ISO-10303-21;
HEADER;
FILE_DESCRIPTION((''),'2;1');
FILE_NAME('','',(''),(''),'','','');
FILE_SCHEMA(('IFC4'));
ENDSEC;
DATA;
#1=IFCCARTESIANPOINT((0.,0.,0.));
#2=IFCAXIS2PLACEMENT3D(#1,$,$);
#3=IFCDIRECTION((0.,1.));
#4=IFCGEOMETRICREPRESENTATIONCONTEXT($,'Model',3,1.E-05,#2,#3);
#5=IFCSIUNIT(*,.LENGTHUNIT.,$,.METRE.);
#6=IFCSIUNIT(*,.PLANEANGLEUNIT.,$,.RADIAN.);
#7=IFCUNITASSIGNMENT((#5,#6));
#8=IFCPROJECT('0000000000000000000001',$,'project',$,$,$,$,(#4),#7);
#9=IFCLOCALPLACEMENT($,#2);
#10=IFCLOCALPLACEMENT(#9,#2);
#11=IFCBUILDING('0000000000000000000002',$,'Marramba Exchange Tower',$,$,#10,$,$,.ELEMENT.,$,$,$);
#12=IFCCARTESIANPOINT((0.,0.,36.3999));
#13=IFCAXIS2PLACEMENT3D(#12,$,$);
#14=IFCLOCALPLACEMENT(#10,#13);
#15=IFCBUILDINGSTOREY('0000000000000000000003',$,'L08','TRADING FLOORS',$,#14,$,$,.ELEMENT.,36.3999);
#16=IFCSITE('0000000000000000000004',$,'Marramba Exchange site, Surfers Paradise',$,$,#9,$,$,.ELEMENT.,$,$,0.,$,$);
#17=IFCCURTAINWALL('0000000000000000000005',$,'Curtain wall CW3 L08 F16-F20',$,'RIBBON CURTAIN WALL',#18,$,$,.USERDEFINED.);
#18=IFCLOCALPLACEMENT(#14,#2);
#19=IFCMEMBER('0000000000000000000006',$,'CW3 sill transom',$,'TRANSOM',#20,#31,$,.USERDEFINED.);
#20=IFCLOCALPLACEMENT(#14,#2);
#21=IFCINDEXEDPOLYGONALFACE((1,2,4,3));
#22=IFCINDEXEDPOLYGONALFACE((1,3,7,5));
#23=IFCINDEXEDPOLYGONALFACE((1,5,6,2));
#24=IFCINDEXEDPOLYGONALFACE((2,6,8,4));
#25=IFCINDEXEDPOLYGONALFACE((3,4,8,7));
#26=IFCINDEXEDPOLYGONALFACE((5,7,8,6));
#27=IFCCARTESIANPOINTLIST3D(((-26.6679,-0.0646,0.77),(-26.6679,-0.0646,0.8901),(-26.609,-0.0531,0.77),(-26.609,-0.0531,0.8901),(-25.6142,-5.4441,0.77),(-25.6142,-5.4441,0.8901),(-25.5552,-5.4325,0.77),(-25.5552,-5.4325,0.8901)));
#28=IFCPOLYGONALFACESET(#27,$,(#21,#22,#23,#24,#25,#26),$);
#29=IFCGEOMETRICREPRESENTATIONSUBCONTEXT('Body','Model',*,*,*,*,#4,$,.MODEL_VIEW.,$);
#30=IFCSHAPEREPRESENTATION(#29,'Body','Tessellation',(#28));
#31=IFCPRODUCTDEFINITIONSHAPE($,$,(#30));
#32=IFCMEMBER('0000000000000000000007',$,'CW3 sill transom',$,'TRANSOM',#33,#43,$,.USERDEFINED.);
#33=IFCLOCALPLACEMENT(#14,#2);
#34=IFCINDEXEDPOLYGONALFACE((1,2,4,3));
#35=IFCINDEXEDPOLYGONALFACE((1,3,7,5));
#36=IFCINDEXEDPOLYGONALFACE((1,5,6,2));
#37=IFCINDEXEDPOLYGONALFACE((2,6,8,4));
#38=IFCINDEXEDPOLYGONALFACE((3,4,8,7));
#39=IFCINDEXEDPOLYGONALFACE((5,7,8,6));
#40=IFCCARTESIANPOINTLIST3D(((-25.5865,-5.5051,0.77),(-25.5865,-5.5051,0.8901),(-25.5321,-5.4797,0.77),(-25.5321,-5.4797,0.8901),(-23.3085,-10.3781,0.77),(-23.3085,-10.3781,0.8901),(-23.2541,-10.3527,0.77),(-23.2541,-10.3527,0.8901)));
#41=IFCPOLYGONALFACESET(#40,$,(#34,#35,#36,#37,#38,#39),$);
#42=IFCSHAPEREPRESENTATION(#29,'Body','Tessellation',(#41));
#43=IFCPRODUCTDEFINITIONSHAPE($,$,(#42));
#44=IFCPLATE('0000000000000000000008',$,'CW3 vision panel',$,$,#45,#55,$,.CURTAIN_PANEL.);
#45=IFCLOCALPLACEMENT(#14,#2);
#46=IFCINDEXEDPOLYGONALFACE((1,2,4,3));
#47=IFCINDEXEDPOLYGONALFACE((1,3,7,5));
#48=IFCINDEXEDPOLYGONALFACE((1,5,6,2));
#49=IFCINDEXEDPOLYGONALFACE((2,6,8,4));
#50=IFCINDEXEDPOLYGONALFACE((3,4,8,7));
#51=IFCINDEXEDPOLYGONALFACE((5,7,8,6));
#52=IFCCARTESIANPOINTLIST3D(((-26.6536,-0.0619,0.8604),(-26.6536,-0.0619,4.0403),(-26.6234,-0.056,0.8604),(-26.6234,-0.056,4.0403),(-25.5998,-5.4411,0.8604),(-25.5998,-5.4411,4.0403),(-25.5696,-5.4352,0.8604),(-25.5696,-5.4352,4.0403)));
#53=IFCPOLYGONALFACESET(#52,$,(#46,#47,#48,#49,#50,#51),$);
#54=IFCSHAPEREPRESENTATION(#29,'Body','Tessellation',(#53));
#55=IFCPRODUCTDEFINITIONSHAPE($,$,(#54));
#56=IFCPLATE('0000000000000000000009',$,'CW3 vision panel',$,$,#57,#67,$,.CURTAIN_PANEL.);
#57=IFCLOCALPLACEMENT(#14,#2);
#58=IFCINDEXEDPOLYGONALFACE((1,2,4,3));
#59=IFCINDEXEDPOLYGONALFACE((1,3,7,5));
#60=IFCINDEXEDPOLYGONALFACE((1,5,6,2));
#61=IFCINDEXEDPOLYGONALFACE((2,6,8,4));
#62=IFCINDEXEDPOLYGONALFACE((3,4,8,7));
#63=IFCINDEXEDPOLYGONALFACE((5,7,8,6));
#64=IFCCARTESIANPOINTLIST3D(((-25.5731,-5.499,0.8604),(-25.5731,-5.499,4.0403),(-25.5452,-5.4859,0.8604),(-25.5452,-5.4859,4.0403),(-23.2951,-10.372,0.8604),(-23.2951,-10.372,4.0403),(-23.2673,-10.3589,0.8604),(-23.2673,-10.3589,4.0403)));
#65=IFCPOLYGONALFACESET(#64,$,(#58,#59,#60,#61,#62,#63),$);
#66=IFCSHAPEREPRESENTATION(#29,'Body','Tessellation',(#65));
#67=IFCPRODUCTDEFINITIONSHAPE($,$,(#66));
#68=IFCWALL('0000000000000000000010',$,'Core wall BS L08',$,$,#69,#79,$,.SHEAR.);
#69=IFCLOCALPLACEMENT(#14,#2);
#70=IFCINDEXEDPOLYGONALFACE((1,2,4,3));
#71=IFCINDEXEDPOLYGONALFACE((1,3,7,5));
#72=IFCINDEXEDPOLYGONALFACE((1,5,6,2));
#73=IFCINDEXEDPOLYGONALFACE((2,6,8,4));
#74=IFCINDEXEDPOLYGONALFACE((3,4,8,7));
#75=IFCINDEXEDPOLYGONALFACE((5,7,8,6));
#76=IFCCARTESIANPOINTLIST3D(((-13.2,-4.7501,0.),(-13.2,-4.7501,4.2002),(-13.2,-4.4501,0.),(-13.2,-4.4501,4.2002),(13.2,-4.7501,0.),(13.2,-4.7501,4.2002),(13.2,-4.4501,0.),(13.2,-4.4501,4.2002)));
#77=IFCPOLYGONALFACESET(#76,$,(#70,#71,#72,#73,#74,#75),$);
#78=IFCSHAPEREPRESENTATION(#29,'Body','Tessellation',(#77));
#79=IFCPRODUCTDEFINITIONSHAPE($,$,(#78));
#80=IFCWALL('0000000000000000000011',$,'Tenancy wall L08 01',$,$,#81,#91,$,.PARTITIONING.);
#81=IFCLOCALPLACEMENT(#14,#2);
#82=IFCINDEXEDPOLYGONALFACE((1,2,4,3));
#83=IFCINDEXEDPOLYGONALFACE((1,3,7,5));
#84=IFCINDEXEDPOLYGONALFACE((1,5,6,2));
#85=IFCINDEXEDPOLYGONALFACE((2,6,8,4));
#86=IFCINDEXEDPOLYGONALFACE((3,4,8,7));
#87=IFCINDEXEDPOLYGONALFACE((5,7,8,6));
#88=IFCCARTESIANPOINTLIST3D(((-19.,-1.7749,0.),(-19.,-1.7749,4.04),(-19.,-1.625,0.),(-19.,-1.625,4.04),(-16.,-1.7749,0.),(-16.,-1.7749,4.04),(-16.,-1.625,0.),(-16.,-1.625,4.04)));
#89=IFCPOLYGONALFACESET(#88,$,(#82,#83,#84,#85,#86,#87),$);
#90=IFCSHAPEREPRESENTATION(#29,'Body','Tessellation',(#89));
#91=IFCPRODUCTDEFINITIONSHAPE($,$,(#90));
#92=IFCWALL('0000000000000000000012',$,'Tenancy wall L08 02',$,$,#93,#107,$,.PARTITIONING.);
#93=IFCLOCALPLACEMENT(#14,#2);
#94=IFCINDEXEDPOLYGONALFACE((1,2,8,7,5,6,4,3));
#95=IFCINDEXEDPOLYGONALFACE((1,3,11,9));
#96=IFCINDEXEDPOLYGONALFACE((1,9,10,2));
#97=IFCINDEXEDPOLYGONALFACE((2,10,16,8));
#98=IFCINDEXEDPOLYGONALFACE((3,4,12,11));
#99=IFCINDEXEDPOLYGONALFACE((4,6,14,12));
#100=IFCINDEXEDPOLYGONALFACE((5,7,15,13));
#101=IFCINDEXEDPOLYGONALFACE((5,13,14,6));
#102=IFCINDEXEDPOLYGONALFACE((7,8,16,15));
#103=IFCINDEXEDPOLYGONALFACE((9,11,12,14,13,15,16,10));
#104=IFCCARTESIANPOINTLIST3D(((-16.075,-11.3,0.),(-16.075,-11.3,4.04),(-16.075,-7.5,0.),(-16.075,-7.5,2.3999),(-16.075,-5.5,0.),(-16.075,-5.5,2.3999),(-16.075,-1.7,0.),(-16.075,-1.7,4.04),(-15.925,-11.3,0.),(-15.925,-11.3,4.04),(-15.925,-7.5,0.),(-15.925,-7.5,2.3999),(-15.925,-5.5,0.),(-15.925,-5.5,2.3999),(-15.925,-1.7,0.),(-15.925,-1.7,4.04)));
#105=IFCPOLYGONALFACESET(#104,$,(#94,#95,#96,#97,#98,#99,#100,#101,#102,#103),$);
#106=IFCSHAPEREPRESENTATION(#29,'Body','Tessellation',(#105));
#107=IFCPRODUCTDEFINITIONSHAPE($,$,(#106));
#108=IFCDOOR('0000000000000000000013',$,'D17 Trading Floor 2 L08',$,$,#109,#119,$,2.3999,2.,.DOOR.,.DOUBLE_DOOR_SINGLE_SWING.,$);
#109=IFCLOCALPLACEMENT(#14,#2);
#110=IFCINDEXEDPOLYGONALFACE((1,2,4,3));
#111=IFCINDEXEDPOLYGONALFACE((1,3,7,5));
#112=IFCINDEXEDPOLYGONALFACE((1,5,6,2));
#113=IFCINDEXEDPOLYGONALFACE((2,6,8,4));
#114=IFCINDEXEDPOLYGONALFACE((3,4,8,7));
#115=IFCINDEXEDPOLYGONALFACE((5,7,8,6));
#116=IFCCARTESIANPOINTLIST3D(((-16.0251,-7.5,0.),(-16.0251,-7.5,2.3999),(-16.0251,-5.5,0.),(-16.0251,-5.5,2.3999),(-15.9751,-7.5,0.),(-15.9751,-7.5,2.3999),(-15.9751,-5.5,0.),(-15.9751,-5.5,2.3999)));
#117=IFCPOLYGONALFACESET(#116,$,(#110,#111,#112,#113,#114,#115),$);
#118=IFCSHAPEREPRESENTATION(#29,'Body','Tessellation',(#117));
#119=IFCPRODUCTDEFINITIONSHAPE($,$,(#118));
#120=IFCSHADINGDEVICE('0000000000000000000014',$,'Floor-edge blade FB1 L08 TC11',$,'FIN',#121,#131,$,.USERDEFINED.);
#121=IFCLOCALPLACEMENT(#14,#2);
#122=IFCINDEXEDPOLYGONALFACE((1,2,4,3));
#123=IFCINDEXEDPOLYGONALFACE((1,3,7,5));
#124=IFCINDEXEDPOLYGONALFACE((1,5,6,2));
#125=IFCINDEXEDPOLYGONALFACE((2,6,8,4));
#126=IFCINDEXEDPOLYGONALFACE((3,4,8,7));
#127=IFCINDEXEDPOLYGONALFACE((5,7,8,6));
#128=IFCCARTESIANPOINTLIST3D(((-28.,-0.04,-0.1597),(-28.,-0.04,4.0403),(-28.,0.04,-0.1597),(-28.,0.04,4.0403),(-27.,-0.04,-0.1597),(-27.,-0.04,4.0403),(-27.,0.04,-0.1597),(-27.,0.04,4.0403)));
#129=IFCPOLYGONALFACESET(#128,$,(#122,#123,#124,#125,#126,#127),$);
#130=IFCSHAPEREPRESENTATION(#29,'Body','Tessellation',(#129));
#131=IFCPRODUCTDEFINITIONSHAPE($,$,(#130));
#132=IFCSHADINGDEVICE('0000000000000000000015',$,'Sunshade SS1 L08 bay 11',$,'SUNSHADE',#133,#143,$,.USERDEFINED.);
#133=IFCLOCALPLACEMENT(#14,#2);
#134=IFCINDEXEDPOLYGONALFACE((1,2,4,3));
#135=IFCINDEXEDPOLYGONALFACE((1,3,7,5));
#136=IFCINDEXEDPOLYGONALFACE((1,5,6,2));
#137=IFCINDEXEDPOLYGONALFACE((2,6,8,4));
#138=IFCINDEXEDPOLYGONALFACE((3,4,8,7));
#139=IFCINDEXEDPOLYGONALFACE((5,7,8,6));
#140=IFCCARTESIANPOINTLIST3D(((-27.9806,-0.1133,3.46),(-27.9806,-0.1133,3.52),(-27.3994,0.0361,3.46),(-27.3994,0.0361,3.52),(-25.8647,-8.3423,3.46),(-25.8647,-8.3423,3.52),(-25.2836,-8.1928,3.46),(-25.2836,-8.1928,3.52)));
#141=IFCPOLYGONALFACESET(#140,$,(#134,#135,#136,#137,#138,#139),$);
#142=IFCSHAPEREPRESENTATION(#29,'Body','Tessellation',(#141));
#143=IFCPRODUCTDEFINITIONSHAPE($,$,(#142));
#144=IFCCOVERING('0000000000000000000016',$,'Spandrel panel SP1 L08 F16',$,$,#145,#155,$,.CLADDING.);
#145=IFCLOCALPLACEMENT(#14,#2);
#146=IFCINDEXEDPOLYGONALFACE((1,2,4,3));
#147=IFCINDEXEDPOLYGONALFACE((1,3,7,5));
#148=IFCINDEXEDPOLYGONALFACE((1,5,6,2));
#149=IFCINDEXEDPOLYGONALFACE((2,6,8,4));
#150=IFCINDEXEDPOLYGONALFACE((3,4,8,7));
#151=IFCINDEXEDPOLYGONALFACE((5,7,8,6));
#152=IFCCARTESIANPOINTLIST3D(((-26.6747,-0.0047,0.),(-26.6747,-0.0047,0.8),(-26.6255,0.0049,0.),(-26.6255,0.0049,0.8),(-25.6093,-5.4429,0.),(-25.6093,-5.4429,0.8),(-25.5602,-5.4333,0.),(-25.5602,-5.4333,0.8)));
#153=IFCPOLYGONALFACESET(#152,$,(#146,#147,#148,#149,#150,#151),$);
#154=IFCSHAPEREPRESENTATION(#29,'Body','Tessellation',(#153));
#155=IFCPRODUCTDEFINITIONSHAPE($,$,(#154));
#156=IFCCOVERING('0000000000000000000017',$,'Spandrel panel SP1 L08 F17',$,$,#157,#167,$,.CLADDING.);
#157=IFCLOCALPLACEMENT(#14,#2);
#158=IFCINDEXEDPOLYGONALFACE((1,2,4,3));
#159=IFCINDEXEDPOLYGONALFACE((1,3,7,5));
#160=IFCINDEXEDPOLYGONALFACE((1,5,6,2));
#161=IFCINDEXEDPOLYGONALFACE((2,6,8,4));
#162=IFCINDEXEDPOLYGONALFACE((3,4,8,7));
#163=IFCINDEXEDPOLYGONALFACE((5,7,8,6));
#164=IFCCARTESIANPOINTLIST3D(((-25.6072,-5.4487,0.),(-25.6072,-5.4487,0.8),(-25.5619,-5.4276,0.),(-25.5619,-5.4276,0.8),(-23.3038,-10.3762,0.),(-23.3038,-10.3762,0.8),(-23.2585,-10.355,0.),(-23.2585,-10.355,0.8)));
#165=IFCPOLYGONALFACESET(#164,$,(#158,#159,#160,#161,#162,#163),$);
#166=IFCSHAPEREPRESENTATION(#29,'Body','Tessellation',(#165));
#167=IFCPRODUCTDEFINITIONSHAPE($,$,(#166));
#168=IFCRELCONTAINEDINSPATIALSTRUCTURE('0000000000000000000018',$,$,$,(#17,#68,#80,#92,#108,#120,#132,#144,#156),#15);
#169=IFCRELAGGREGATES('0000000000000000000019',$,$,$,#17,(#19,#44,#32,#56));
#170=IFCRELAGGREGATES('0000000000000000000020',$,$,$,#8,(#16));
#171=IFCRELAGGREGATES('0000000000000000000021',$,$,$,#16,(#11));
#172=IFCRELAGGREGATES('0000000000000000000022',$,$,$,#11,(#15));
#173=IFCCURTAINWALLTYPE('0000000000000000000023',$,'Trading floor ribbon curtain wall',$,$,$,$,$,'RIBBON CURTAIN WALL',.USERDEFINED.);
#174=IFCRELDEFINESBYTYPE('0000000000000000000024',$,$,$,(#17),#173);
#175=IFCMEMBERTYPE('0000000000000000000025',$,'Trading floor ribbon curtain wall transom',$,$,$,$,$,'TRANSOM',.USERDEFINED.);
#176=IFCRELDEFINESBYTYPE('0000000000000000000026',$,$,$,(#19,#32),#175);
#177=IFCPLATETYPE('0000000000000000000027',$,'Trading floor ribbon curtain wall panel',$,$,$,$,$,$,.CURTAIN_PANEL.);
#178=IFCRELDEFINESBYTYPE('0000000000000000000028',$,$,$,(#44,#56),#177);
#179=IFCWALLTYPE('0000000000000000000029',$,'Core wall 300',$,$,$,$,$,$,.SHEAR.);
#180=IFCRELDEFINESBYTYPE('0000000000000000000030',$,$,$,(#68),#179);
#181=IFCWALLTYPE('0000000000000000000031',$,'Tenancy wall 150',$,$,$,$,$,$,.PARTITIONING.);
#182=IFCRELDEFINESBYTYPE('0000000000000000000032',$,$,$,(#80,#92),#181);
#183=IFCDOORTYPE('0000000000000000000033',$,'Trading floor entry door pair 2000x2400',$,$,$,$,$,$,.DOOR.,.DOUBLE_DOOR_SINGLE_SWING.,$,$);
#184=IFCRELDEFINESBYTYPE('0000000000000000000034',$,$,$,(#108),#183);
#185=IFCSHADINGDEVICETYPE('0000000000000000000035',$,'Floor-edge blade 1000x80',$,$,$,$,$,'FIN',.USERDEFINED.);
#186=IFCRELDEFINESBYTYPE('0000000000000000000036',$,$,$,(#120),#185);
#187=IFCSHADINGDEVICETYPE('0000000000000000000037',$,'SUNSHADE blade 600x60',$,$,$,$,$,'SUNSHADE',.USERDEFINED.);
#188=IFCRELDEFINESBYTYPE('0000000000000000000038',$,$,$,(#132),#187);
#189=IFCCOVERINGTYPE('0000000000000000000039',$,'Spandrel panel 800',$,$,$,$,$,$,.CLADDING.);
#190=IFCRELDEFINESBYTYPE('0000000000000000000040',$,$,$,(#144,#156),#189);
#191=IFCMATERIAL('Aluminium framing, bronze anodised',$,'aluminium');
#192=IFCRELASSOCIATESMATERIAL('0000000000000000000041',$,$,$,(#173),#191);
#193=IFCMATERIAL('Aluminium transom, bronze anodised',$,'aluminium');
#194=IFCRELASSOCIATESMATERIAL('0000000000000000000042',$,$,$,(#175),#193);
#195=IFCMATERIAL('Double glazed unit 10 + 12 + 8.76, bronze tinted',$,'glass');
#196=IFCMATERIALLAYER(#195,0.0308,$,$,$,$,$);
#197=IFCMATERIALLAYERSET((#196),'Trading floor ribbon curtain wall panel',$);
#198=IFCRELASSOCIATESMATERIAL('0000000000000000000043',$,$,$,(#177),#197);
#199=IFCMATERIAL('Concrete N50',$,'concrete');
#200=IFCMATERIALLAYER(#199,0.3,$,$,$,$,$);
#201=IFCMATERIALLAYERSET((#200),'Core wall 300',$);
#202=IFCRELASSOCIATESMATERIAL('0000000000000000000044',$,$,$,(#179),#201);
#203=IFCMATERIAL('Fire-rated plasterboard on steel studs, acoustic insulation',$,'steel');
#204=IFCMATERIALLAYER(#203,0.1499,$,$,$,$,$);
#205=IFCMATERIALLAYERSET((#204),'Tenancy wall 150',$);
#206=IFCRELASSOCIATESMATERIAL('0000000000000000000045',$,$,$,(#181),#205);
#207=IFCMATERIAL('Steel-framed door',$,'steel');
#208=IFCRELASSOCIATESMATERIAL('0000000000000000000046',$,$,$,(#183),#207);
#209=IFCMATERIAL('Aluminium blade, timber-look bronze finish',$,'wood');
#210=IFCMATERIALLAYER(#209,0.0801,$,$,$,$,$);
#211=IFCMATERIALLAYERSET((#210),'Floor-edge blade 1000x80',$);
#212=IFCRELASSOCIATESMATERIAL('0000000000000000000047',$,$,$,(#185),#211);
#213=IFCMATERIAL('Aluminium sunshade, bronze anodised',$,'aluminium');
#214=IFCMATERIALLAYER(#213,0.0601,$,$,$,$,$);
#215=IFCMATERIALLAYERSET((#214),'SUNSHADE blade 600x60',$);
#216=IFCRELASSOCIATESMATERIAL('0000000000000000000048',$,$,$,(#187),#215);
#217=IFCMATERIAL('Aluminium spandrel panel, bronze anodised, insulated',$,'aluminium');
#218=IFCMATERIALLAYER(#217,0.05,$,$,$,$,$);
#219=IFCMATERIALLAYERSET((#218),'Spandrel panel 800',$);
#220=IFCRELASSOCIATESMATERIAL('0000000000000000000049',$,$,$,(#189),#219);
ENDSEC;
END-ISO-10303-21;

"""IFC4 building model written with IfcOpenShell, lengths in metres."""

from ifc_helpers import new_model, si_unit, direction, frame, frame_2d, origin, origin_2d, place, context, subcontext, project, spatial, rectangle, extrude, material, layer, layer_set, material_profile, profile_set, type_object, element, fill, aggregate, save


model = new_model("IFC4")

# Units and contexts
model_context = context("Model", 3, precision=1e-05, world=origin(), true_north=direction((0.0, 1.0)))
body_context = subcontext(model_context, "Body", "Model", "MODEL_VIEW")
ifc_project = project(units=[si_unit("LENGTHUNIT", "METRE"), si_unit("PLANEANGLEUNIT", "RADIAN")], contexts=[model_context])

# Site, building, storey
site_placement = place(None, origin())
site = spatial("IfcSite", under=ifc_project, at=site_placement, Name="Marramba Exchange site, Surfers Paradise", CompositionType="ELEMENT", RefElevation=0.0)
building_placement = place(site_placement, origin())
building = spatial("IfcBuilding", under=site, at=building_placement, Name="Marramba Exchange Tower", CompositionType="ELEMENT")
storey_placement = place(building_placement, frame((0.0, 0.0, 36.3999)))
storey = spatial("IfcBuildingStorey", under=building, at=storey_placement, Name="L08", Description="TRADING FLOORS", CompositionType="ELEMENT", Elevation=36.3999)

# Shared definitions
ifc_material_1 = material(Name="Concrete N50", Category="concrete")

# Curtain wall, members, plates
ifc_material_2 = material(Name="Aluminium framing, bronze anodised", Category="aluminium")
curtain_wall_type = type_object("IfcCurtainWallType", Name="Trading floor ribbon curtain wall", ElementType="RIBBON CURTAIN WALL", PredefinedType="USERDEFINED", material=ifc_material_2)
curtain_wall_placement = place(storey_placement, origin())
curtain_wall = element("IfcCurtainWall", 1, at=curtain_wall_placement, inside=storey, type_object=curtain_wall_type, Name="Curtain wall CW3 L08 F16-F20", ObjectType="RIBBON CURTAIN WALL", PredefinedType="USERDEFINED")
ifc_material_3 = material(Name="Aluminium transom, bronze anodised", Category="aluminium")
ifc_material_profile_1 = material_profile(ifc_material_3, rectangle(XDim=0.0601, YDim=0.1201, at=origin_2d()), Name="CW3 transom 60x120")
ifc_profile_set_1 = profile_set([ifc_material_profile_1], Name="Aluminium transom, bronze anodised")
member_type_1 = type_object("IfcMemberType", Name="Trading floor ribbon curtain wall transom", ElementType="TRANSOM", PredefinedType="USERDEFINED", material=ifc_profile_set_1)
member_1_placement = place(storey_placement, frame((-26.6384, -0.0588, 0.8301), z_axis=(0.192226, -0.981351, 0.0), x_axis=(0.981351, 0.192226, 0.0)))
member_1 = element("IfcMember", 2, at=member_1_placement, type_object=member_type_1, Name="CW3 sill transom", ObjectType="TRANSOM", PredefinedType="USERDEFINED", context=body_context, shape_type="SweptSolid", body=[
    extrude(rectangle(XDim=0.0601, YDim=0.1201, at=origin_2d()), origin(), (0.0, 0.0, 1.0), 5.4817),
])
member_2_placement = place(storey_placement, frame((-25.5593, -5.4924, 0.8301), z_axis=(0.423494, -0.905899, 0.0), x_axis=(0.905899, 0.423494, 0.0)))
member_2 = element("IfcMember", 3, at=member_2_placement, type_object=member_type_1, Name="CW3 sill transom", ObjectType="TRANSOM", PredefinedType="USERDEFINED", context=body_context, shape_type="SweptSolid", body=[
    extrude(rectangle(XDim=0.0601, YDim=0.1201, at=origin_2d()), origin(), (0.0, 0.0, 1.0), 5.3792),
])
ifc_material_4 = material(Name="Double glazed unit 10 + 12 + 8.76, bronze tinted", Category="glass")
ifc_layer_1 = layer(ifc_material_4, 0.0308)
ifc_layer_set_1 = layer_set([ifc_layer_1], Name="Trading floor ribbon curtain wall panel")
plate_type = type_object("IfcPlateType", Name="Trading floor ribbon curtain wall panel", PredefinedType="CURTAIN_PANEL", material=ifc_layer_set_1)
plate_1_placement = place(storey_placement, frame((-26.1116, -2.7485, 0.8604), z_axis=(0.0, 0.0, 1.0), x_axis=(0.192249, -0.981346, 0.0)))
plate_1 = element("IfcPlate", 4, at=plate_1_placement, type_object=plate_type, Name="CW3 vision panel", PredefinedType="CURTAIN_PANEL", context=body_context, shape_type="SweptSolid", body=[
    extrude(rectangle(XDim=5.4814, YDim=0.0308, at=origin_2d()), origin(), (0.0, 0.0, 1.0), 3.1799),
])
plate_2_placement = place(storey_placement, frame((-24.4202, -7.929, 0.8604), z_axis=(0.0, 0.0, 1.0), x_axis=(0.423477, -0.905907, 0.0)))
plate_2 = element("IfcPlate", 5, at=plate_2_placement, type_object=plate_type, Name="CW3 vision panel", PredefinedType="CURTAIN_PANEL", context=body_context, shape_type="SweptSolid", body=[
    extrude(rectangle(XDim=5.3792, YDim=0.0308, at=origin_2d()), origin(), (0.0, 0.0, 1.0), 3.1799),
])
aggregate(curtain_wall, [member_1, plate_1, member_2, plate_2])

# Walls
ifc_layer_2 = layer(ifc_material_1, 0.3)
ifc_layer_set_2 = layer_set([ifc_layer_2], Name="Core wall 300")
wall_type_1 = type_object("IfcWallType", Name="Core wall 300", PredefinedType="SHEAR", material=ifc_layer_set_2)
wall_1_placement = place(storey_placement, frame((-13.2, -4.6001, 0.0), z_axis=(0.0, 0.0, 1.0), x_axis=(1.0, 0.0, 0.0)))
element("IfcWall", 6, at=wall_1_placement, inside=storey, type_object=wall_type_1, Name="Core wall BS L08", PredefinedType="SHEAR", context=body_context, shape_type="SweptSolid", body=[
    extrude(rectangle(XDim=26.3999, YDim=0.3, at=frame_2d((13.2, 0.0))), origin(), (0.0, 0.0, 1.0), 4.2002),
])
ifc_material_5 = material(Name="Fire-rated plasterboard on steel studs, acoustic insulation", Category="steel")
ifc_layer_3 = layer(ifc_material_5, 0.1499)
ifc_layer_set_3 = layer_set([ifc_layer_3], Name="Tenancy wall 150")
wall_type_2 = type_object("IfcWallType", Name="Tenancy wall 150", PredefinedType="PARTITIONING", material=ifc_layer_set_3)
wall_2_placement = place(storey_placement, frame((-19.0, -1.7, 0.0), z_axis=(0.0, 0.0, 1.0), x_axis=(1.0, 0.0, 0.0)))
element("IfcWall", 7, at=wall_2_placement, inside=storey, type_object=wall_type_2, Name="Tenancy wall L08 01", PredefinedType="PARTITIONING", context=body_context, shape_type="SweptSolid", body=[
    extrude(rectangle(XDim=3.0, YDim=0.1499, at=frame_2d((1.5, 0.0))), origin(), (0.0, 0.0, 1.0), 4.04),
])

# Wall, opening, door
wall_3_placement = place(storey_placement, frame((-16.0, -1.7, 0.0), z_axis=(0.0, 0.0, 1.0), x_axis=(0.0, -1.0, 0.0)))
wall_3 = element("IfcWall", 8, at=wall_3_placement, inside=storey, type_object=wall_type_2, Name="Tenancy wall L08 02", PredefinedType="PARTITIONING", context=body_context, shape_type="SweptSolid", body=[
    extrude(rectangle(XDim=9.6001, YDim=0.1499, at=frame_2d((4.8, 0.0))), origin(), (0.0, 0.0, 1.0), 4.04),
])
opening_placement = place(wall_3_placement, frame((3.8, 0.0, 0.0)))
opening = element("IfcOpeningElement", 9, at=opening_placement, cuts=wall_3, PredefinedType="OPENING", context=body_context, shape_type="SweptSolid", body=[
    extrude(rectangle(XDim=2.0, YDim=2.3999, at=frame_2d((1.0, 1.2))), frame((0.0, 0.085, 0.0), z_axis=(0.0, -1.0, 0.0), x_axis=(1.0, 0.0, 0.0)), (0.0, 0.0, 1.0), 0.1699),
])
ifc_material_6 = material(Name="Steel-framed door", Category="steel")
door_type = type_object("IfcDoorType", Name="Trading floor entry door pair 2000x2400", OperationType="DOUBLE_DOOR_SINGLE_SWING", PredefinedType="DOOR", material=ifc_material_6)
door_placement = place(opening_placement, origin())
door = element("IfcDoor", 10, at=door_placement, inside=storey, type_object=door_type, Name="D17 Trading Floor 2 L08", OperationType="DOUBLE_DOOR_SINGLE_SWING", OverallHeight=2.3999, OverallWidth=2.0, PredefinedType="DOOR", context=body_context, shape_type="SweptSolid", body=[
    extrude(rectangle(XDim=2.0, YDim=2.3999, at=frame_2d((1.0, 1.2))), frame((0.0, 0.0249, 0.0), z_axis=(0.0, -1.0, 0.0), x_axis=(1.0, 0.0, 0.0)), (0.0, 0.0, 1.0), 0.05),
])
fill(opening, door)

# Shading devices
ifc_material_7 = material(Name="Aluminium blade, timber-look bronze finish", Category="wood")
ifc_layer_4 = layer(ifc_material_7, 0.0801)
ifc_layer_set_4 = layer_set([ifc_layer_4], Name="Floor-edge blade 1000x80")
shading_device_type_1 = type_object("IfcShadingDeviceType", Name="Floor-edge blade 1000x80", ElementType="FIN", PredefinedType="USERDEFINED", material=ifc_layer_set_4)
shading_device_1_placement = place(storey_placement, frame((-27.5, 0.0, -0.1597), z_axis=(0.0, 0.0, 1.0), x_axis=(-1.0, 0.0, 0.0)))
element("IfcShadingDevice", 11, at=shading_device_1_placement, inside=storey, type_object=shading_device_type_1, Name="Floor-edge blade FB1 L08 TC11", ObjectType="FIN", PredefinedType="USERDEFINED", context=body_context, shape_type="SweptSolid", body=[
    extrude(rectangle(XDim=1.0, YDim=0.0801, at=origin_2d()), origin(), (0.0, 0.0, 1.0), 4.2),
])
ifc_material_8 = material(Name="Aluminium sunshade, bronze anodised", Category="aluminium")
ifc_layer_5 = layer(ifc_material_8, 0.0601)
ifc_layer_set_5 = layer_set([ifc_layer_5], Name="SUNSHADE blade 600x60")
shading_device_type_2 = type_object("IfcShadingDeviceType", Name="SUNSHADE blade 600x60", ElementType="SUNSHADE", PredefinedType="USERDEFINED", material=ifc_layer_set_5)
shading_device_2_placement = place(storey_placement, frame((-26.6321, -4.1531, 3.46), z_axis=(0.0, 0.0, 1.0), x_axis=(0.249025, -0.968497, 0.0)))
element("IfcShadingDevice", 12, at=shading_device_2_placement, inside=storey, type_object=shading_device_type_2, Name="Sunshade SS1 L08 bay 11", ObjectType="SUNSHADE", PredefinedType="USERDEFINED", context=body_context, shape_type="SweptSolid", body=[
    extrude(rectangle(XDim=8.4966, YDim=0.6001, at=origin_2d()), origin(), (0.0, 0.0, 1.0), 0.0601),
])

# Coverings
ifc_material_9 = material(Name="Aluminium spandrel panel, bronze anodised, insulated", Category="aluminium")
ifc_layer_6 = layer(ifc_material_9, 0.05)
ifc_layer_set_6 = layer_set([ifc_layer_6], Name="Spandrel panel 800")
covering_type = type_object("IfcCoveringType", Name="Spandrel panel 800", PredefinedType="CLADDING", material=ifc_layer_set_6)
covering_1_placement = place(storey_placement, frame((-26.1174, -2.719, 0.0), z_axis=(0.0, 0.0, 1.0), x_axis=(0.192249, -0.981346, 0.0)))
element("IfcCovering", 13, at=covering_1_placement, inside=storey, type_object=covering_type, Name="Spandrel panel SP1 L08 F16", PredefinedType="CLADDING", context=body_context, shape_type="SweptSolid", body=[
    extrude(rectangle(XDim=5.5415, YDim=0.05, at=origin_2d()), origin(), (0.0, 0.0, 1.0), 0.8),
])
covering_2_placement = place(storey_placement, frame((-24.4329, -7.9019, 0.0), z_axis=(0.0, 0.0, 1.0), x_axis=(0.423477, -0.905907, 0.0)))
element("IfcCovering", 14, at=covering_2_placement, inside=storey, type_object=covering_type, Name="Spandrel panel SP1 L08 F17", PredefinedType="CLADDING", context=body_context, shape_type="SweptSolid", body=[
    extrude(rectangle(XDim=5.4392, YDim=0.05, at=origin_2d()), origin(), (0.0, 0.0, 1.0), 0.8),
])

save(model, "model.ifc")
